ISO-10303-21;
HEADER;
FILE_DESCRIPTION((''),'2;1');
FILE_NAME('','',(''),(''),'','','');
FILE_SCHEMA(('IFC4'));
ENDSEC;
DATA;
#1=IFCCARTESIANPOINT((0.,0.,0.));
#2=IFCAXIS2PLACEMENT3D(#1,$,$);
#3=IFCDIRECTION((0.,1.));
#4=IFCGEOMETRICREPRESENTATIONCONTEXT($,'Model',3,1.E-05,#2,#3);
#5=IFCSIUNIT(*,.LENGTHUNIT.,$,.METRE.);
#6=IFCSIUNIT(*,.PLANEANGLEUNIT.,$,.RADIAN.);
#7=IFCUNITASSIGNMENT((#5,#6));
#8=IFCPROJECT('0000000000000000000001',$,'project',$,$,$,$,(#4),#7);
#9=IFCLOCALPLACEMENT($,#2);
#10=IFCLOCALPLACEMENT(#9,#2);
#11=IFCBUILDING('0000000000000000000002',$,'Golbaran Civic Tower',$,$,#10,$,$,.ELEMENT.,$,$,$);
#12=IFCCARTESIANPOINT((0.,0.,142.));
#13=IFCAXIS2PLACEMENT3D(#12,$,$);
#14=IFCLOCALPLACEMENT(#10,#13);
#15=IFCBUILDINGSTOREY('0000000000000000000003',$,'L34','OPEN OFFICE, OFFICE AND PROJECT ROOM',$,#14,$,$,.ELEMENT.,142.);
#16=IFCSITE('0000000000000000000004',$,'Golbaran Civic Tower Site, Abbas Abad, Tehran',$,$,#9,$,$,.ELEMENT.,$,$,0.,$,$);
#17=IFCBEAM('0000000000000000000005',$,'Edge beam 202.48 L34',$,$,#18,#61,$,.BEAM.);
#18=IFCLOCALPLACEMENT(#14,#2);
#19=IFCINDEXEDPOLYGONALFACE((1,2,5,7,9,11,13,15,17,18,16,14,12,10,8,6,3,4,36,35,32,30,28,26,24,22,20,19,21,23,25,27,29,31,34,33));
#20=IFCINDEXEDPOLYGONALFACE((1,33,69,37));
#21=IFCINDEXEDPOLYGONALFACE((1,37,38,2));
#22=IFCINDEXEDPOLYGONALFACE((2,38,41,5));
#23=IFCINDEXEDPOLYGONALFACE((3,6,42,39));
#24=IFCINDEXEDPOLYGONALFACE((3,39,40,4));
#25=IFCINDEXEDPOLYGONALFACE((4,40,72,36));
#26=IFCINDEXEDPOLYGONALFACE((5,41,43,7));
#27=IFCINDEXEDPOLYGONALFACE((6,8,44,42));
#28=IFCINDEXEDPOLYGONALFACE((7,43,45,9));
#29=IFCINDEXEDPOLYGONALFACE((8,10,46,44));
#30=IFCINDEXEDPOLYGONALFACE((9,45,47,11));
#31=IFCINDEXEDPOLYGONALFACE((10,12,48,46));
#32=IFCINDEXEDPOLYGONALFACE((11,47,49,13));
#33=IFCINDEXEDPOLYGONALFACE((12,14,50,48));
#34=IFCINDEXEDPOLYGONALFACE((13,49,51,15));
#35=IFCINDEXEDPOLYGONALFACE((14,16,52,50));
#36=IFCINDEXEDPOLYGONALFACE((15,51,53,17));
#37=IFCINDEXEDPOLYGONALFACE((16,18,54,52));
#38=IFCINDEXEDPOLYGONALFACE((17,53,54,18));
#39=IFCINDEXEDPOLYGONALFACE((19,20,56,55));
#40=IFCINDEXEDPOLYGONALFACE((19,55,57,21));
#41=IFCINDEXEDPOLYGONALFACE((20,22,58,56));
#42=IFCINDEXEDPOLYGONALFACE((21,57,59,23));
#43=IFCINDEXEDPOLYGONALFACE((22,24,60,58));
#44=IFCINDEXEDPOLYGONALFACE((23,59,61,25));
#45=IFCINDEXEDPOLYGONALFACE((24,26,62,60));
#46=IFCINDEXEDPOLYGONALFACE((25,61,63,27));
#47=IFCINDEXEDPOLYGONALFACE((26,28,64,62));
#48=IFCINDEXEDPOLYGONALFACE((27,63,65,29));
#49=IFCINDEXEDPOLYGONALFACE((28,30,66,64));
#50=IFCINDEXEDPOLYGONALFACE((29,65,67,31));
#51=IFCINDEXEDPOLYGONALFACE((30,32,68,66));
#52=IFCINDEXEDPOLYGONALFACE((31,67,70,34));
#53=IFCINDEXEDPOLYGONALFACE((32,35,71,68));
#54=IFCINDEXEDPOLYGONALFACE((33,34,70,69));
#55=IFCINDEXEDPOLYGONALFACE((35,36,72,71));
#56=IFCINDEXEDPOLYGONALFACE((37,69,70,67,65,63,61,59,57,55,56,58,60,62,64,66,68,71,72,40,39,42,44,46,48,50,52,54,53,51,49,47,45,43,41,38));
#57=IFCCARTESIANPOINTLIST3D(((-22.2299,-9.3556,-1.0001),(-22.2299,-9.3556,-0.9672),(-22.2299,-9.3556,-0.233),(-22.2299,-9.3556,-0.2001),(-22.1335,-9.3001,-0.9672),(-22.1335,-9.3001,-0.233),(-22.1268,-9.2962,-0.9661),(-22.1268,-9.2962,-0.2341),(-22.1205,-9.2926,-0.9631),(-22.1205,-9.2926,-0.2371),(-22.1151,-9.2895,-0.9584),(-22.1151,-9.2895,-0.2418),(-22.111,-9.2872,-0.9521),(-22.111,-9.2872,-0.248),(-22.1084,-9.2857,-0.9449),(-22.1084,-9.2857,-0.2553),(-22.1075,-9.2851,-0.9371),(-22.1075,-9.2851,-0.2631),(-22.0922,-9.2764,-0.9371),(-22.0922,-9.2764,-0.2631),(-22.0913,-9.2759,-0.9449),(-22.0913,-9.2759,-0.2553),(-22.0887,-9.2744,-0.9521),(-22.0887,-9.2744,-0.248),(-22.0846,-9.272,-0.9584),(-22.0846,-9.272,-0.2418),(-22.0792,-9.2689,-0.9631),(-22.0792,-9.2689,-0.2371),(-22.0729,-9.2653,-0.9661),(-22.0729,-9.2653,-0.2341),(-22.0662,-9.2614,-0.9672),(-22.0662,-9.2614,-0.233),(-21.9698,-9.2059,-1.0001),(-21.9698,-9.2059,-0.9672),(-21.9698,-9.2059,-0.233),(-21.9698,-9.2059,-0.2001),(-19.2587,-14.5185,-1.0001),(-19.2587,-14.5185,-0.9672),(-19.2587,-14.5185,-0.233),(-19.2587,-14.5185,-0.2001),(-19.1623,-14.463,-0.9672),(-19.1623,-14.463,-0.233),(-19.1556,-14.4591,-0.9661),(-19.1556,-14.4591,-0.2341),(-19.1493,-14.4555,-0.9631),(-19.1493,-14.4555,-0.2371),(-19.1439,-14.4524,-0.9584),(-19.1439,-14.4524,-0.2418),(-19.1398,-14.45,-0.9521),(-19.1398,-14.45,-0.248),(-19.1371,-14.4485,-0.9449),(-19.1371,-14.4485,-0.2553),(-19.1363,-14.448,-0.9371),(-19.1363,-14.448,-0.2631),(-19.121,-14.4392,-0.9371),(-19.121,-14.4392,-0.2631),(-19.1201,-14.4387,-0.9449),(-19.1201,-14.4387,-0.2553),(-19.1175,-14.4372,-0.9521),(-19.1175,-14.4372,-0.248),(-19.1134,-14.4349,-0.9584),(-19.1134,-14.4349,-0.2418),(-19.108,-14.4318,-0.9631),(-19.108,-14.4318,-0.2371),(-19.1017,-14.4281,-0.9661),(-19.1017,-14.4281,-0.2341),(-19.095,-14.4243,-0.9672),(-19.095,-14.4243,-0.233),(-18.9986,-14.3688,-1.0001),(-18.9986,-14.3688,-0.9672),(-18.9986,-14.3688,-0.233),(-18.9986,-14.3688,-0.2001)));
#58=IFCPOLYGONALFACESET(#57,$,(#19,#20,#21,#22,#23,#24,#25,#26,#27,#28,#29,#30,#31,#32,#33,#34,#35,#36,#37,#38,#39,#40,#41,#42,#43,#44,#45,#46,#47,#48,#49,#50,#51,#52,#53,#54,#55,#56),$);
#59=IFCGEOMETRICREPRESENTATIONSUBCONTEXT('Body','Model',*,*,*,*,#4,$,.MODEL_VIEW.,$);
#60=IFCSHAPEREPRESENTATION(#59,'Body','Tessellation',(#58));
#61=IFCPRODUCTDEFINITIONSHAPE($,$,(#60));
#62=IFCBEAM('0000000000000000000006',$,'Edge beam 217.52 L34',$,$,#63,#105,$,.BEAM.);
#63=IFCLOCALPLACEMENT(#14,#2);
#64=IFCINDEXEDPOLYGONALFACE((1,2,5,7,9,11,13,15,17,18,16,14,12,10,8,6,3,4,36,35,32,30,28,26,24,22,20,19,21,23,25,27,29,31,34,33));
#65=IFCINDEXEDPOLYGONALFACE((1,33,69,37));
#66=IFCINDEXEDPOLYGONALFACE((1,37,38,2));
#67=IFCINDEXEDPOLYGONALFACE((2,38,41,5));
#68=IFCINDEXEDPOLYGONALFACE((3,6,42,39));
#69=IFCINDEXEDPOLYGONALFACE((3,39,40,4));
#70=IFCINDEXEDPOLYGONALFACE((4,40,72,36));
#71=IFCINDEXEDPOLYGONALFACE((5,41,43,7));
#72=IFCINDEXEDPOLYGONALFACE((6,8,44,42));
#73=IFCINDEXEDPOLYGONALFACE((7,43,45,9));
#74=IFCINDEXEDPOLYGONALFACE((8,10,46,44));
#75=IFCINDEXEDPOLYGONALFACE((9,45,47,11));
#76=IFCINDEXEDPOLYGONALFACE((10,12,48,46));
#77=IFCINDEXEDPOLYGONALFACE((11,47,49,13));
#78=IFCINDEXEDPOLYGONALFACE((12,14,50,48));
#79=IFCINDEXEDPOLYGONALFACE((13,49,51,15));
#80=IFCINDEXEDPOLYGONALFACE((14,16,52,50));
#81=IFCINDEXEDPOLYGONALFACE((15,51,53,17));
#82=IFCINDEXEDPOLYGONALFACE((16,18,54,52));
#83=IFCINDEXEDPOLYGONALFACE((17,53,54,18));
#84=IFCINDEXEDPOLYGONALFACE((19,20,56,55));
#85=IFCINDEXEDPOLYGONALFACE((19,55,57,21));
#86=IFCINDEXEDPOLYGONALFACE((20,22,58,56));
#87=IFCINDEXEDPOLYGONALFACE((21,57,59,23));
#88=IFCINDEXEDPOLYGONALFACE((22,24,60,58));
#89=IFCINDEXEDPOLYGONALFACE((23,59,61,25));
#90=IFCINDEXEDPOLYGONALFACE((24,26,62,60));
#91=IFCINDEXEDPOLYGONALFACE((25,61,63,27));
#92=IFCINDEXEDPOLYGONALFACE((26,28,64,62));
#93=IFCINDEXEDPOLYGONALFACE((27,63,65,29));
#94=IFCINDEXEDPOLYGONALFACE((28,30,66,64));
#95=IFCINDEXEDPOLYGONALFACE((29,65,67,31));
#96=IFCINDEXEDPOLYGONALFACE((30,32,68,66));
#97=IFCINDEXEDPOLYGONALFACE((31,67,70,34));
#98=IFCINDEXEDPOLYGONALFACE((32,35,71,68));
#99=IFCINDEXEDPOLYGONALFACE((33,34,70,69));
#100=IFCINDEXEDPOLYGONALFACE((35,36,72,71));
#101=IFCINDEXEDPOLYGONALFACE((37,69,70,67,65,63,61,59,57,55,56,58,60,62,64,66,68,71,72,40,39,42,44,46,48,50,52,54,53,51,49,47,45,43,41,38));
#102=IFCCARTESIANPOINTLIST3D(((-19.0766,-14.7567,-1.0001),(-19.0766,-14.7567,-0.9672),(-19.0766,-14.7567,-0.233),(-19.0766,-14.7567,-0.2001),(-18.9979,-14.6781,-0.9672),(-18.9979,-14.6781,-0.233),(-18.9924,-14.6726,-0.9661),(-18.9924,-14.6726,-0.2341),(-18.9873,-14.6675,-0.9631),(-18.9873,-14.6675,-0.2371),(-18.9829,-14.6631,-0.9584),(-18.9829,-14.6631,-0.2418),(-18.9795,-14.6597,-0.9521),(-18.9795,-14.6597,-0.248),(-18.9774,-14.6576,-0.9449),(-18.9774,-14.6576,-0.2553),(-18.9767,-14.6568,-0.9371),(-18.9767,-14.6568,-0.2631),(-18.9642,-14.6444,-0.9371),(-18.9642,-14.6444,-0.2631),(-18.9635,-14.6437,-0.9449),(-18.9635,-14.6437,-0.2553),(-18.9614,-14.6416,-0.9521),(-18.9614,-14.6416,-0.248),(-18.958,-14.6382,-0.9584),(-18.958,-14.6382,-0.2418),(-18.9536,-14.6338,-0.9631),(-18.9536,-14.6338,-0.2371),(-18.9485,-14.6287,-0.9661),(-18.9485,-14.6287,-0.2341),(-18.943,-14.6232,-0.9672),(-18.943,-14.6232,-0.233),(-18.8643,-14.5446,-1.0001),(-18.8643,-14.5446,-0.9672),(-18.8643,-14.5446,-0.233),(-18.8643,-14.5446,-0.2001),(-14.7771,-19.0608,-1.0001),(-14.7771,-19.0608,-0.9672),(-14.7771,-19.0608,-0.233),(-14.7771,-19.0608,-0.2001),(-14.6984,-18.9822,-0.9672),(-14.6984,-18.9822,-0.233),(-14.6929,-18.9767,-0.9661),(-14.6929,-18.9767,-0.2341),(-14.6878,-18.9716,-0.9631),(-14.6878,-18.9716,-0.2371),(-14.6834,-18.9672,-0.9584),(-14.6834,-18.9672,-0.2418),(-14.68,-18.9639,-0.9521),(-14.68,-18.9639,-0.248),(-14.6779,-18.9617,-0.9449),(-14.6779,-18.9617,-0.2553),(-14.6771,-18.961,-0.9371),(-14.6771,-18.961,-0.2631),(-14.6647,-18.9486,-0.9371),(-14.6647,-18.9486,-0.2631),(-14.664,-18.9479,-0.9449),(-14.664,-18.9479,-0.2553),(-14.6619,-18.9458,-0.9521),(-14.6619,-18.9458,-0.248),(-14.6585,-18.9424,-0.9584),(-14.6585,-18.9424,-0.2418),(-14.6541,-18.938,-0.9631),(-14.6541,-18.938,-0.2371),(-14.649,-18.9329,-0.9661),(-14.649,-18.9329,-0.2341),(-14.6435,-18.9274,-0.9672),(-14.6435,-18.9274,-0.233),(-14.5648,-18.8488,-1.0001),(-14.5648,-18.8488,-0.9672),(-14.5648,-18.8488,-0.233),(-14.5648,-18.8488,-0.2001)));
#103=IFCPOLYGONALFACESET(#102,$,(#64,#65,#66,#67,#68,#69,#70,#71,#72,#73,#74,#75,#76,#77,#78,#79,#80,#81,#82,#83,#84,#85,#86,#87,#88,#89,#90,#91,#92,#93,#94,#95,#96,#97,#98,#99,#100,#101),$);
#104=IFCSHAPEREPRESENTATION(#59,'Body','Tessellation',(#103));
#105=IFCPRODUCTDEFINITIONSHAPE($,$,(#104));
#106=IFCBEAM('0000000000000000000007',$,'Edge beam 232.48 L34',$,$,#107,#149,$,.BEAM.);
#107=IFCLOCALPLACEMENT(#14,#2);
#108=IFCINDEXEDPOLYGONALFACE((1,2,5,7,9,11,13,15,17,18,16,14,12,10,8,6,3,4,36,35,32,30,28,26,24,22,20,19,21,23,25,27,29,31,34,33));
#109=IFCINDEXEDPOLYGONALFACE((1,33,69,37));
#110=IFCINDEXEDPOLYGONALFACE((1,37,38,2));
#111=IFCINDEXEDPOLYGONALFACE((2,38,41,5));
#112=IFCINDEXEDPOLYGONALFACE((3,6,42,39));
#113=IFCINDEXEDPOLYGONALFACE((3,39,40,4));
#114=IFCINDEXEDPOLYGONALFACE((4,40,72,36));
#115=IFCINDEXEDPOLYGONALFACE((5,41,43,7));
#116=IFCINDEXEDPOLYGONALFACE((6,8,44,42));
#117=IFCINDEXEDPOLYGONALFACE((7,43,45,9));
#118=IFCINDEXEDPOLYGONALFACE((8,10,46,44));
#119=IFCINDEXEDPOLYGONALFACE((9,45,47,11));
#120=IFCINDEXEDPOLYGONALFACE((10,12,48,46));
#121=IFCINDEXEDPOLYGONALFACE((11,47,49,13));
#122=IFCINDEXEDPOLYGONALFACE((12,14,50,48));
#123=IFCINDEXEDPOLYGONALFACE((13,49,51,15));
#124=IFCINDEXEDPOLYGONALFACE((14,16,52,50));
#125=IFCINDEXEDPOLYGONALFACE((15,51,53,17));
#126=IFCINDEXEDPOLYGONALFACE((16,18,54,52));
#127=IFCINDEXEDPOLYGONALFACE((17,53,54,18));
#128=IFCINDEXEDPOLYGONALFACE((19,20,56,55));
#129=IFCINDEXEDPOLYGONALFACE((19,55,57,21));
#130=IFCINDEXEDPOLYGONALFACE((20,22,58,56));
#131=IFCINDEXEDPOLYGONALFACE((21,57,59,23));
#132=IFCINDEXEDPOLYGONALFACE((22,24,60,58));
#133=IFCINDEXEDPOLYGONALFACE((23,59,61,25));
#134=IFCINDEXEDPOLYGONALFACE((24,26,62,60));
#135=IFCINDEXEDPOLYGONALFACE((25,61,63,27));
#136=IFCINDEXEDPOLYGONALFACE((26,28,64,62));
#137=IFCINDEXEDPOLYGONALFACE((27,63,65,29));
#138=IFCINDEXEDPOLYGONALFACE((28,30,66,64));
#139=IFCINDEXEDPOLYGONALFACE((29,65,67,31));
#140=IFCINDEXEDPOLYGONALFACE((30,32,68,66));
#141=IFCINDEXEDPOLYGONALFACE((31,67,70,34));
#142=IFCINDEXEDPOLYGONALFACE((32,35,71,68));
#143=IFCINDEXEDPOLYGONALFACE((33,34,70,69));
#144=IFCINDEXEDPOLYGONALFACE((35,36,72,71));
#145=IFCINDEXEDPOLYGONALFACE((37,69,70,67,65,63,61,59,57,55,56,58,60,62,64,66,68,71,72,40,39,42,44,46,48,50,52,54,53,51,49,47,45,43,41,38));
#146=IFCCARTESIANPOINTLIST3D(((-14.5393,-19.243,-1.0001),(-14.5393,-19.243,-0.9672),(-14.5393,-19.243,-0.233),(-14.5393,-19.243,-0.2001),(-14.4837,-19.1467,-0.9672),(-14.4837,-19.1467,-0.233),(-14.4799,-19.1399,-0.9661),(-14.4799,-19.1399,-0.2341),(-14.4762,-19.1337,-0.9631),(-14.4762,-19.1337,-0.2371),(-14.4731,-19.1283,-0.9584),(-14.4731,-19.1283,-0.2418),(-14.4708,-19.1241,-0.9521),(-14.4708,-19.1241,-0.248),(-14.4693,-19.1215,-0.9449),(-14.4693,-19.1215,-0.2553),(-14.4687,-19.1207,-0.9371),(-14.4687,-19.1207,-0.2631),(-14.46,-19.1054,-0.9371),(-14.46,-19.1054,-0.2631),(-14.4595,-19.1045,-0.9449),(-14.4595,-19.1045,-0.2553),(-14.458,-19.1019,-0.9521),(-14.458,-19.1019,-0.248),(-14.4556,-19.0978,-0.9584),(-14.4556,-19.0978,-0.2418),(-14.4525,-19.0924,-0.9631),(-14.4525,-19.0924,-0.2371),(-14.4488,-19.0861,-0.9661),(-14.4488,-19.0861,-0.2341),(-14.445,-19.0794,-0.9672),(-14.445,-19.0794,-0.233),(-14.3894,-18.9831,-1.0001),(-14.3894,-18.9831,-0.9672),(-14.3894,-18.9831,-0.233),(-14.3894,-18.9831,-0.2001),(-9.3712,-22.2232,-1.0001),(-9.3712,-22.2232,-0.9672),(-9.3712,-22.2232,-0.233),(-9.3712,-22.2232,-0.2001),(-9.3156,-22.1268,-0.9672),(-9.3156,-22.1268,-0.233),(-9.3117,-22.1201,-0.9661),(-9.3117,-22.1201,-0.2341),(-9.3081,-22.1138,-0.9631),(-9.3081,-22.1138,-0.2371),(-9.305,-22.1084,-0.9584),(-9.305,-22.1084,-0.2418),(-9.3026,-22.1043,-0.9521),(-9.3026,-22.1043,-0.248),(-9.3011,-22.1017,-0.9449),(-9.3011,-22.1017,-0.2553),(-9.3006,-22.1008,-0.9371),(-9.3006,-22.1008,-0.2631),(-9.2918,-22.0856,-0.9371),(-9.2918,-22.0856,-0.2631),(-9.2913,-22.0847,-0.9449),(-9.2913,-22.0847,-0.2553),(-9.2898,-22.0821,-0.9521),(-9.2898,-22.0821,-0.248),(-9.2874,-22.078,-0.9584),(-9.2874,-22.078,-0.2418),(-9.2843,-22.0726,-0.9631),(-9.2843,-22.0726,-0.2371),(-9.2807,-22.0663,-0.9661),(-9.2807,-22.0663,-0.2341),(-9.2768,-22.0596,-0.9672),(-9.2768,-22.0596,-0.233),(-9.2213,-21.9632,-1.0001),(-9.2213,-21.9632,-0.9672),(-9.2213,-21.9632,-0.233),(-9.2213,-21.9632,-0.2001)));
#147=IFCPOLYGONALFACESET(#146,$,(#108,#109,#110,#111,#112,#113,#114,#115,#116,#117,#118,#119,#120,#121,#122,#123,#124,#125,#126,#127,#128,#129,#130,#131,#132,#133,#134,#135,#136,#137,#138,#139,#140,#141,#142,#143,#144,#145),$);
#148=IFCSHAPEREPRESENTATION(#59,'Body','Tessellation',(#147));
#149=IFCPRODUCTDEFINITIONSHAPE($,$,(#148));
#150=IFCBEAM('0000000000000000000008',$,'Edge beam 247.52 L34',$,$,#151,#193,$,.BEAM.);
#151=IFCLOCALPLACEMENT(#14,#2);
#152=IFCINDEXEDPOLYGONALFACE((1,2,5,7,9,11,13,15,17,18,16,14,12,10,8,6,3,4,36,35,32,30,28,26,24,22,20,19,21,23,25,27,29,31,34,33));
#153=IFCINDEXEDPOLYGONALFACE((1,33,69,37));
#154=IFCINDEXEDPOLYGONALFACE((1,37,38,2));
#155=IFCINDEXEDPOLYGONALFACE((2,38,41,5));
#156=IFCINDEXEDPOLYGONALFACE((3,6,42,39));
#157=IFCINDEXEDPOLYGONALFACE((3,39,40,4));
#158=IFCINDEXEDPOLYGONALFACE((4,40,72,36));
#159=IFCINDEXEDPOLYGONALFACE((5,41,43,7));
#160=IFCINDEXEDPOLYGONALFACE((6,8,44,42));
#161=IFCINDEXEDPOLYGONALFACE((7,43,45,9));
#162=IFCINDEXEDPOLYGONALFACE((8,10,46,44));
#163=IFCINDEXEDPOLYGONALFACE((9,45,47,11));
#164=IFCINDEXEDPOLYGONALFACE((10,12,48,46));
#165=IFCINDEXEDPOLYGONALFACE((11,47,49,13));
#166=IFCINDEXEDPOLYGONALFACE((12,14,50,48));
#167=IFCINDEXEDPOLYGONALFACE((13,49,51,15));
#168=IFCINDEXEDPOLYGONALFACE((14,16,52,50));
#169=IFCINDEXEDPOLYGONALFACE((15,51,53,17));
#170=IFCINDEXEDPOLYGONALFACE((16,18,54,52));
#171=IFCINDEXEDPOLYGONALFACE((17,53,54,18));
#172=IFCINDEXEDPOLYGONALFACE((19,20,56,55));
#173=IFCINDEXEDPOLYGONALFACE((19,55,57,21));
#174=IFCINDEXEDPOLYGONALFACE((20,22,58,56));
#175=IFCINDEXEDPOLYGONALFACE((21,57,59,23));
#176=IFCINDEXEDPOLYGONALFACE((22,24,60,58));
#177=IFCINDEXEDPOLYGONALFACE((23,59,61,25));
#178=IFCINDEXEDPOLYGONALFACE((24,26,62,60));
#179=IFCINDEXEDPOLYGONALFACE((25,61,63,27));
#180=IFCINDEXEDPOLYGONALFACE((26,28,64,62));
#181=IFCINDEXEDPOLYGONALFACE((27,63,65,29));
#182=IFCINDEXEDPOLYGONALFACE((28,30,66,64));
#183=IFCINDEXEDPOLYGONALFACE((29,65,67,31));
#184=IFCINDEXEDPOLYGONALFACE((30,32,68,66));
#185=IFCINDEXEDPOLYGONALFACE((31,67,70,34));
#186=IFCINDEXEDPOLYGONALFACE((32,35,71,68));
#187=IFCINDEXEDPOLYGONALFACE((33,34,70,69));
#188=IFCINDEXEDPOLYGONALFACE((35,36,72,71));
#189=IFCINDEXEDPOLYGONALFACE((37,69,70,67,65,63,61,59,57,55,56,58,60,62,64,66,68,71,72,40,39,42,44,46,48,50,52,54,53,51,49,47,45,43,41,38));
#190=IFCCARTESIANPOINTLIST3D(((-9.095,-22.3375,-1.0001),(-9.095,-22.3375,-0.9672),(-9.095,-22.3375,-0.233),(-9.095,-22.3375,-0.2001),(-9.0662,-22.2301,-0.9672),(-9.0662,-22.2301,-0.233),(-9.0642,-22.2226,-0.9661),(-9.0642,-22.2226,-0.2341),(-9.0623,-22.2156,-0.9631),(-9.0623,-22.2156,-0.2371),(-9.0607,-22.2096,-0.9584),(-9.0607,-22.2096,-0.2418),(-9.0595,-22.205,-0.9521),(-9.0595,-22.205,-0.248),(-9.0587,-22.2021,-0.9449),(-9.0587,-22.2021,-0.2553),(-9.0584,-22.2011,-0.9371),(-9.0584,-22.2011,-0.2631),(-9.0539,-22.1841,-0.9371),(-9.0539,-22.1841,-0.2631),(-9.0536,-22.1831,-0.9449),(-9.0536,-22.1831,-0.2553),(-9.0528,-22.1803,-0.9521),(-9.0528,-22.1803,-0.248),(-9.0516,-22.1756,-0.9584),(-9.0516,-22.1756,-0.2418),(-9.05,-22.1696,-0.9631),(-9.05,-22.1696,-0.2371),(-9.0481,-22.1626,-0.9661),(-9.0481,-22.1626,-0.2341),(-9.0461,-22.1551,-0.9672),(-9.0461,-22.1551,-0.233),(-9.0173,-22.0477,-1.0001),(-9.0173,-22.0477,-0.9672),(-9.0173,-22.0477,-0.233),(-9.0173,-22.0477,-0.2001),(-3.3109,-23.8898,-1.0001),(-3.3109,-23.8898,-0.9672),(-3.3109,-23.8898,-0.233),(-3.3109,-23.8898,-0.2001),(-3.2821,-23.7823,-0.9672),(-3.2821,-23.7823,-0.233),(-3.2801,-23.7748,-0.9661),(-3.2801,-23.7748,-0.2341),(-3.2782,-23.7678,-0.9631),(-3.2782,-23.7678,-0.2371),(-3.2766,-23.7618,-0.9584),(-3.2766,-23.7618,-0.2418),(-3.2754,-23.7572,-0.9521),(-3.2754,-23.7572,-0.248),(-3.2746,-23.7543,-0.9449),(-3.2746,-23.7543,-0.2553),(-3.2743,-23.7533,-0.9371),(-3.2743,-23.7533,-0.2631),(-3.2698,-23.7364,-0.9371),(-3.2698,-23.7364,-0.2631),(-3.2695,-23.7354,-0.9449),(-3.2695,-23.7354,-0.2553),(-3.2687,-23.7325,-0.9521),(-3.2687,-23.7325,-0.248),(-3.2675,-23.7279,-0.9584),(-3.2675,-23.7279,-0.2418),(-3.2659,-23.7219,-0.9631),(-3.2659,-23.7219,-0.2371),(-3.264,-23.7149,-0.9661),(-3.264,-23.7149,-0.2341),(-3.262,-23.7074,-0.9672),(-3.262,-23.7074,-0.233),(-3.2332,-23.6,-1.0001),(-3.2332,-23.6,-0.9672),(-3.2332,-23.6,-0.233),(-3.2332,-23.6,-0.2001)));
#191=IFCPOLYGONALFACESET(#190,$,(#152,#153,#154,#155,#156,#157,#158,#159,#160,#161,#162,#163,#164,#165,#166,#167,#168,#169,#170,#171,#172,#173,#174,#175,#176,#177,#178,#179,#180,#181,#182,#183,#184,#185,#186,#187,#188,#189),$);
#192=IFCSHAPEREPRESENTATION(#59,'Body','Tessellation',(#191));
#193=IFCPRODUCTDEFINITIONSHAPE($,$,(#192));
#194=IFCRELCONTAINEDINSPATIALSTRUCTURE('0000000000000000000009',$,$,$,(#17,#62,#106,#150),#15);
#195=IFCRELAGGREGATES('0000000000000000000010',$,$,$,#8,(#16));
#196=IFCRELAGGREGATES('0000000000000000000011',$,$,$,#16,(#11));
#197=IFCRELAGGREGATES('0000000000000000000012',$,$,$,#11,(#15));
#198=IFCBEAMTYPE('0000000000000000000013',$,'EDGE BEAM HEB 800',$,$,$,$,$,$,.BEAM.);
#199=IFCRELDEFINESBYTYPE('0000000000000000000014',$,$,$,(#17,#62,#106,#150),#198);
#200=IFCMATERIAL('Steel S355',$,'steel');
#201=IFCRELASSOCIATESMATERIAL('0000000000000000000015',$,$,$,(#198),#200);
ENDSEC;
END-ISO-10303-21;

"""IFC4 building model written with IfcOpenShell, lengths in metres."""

from ifc_helpers import new_model, si_unit, direction, frame, origin, origin_2d, place, context, subcontext, project, spatial, i_section, extrude, material, material_profile, profile_set, type_object, element, save


model = new_model("IFC4")

# Units and contexts
model_context = context("Model", 3, precision=1e-05, world=origin(), true_north=direction((0.0, 1.0)))
body_context = subcontext(model_context, "Body", "Model", "MODEL_VIEW")
ifc_project = project(units=[si_unit("LENGTHUNIT", "METRE"), si_unit("PLANEANGLEUNIT", "RADIAN")], contexts=[model_context])

# Site, building, storey
site_placement = place(None, origin())
site = spatial("IfcSite", under=ifc_project, at=site_placement, Name="Golbaran Civic Tower Site, Abbas Abad, Tehran", CompositionType="ELEMENT", RefElevation=0.0)
building_placement = place(site_placement, origin())
building = spatial("IfcBuilding", under=site, at=building_placement, Name="Golbaran Civic Tower", CompositionType="ELEMENT")
storey_placement = place(building_placement, frame((0.0, 0.0, 142.0)))
storey = spatial("IfcBuildingStorey", under=building, at=storey_placement, Name="L34", Description="OPEN OFFICE, OFFICE AND PROJECT ROOM", CompositionType="ELEMENT", Elevation=142.0)

# Beams
ifc_material_1 = material(Name="Steel S355", Category="steel")
ifc_material_profile_1 = material_profile(ifc_material_1, i_section(OverallWidth=0.3, OverallDepth=0.8, WebThickness=0.0176, FlangeThickness=0.033, FilletRadius=0.03, at=origin_2d()), Name="HEB 800")
ifc_profile_set_1 = profile_set([ifc_material_profile_1], Name="Steel S355")
beam_type_1 = type_object("IfcBeamType", Name="EDGE BEAM HEB 800", PredefinedType="BEAM", material=ifc_profile_set_1)
beam_1_placement = place(storey_placement, frame((-22.0999, -9.2808, -0.6001), z_axis=(0.498794, -0.866721, 0.0), x_axis=(0.866721, 0.498794, 0.0)))
element("IfcBeam", 1, at=beam_1_placement, inside=storey, type_object=beam_type_1, Name="Edge beam 202.48 L34", PredefinedType="BEAM", context=body_context, shape_type="SweptSolid", body=[
    extrude(i_section(OverallWidth=0.3, OverallDepth=0.8, WebThickness=0.0176, FlangeThickness=0.033, FilletRadius=0.03, at=origin_2d()), origin(), (0.0, 0.0, 1.0), 5.9568),
])
beam_2_placement = place(storey_placement, frame((-18.9705, -14.6506, -0.6001), z_axis=(0.706725, -0.707488, 0.0), x_axis=(0.707488, 0.706725, 0.0)))
element("IfcBeam", 2, at=beam_2_placement, inside=storey, type_object=beam_type_1, Name="Edge beam 217.52 L34", PredefinedType="BEAM", context=body_context, shape_type="SweptSolid", body=[
    extrude(i_section(OverallWidth=0.3, OverallDepth=0.8, WebThickness=0.0176, FlangeThickness=0.033, FilletRadius=0.03, at=origin_2d()), origin(), (0.0, 0.0, 1.0), 6.0837),
])
beam_3_placement = place(storey_placement, frame((-14.4644, -19.113, -0.6001), z_axis=(0.86629, -0.499542, 0.0), x_axis=(0.499542, 0.86629, 0.0)))
element("IfcBeam", 3, at=beam_3_placement, inside=storey, type_object=beam_type_1, Name="Edge beam 232.48 L34", PredefinedType="BEAM", context=body_context, shape_type="SweptSolid", body=[
    extrude(i_section(OverallWidth=0.3, OverallDepth=0.8, WebThickness=0.0176, FlangeThickness=0.033, FilletRadius=0.03, at=origin_2d()), origin(), (0.0, 0.0, 1.0), 5.9658),
])
beam_4_placement = place(storey_placement, frame((-9.0562, -22.1926, -0.6001), z_axis=(0.965826, -0.25919, 0.0), x_axis=(0.25919, 0.965826, 0.0)))
element("IfcBeam", 4, at=beam_4_placement, inside=storey, type_object=beam_type_1, Name="Edge beam 247.52 L34", PredefinedType="BEAM", context=body_context, shape_type="SweptSolid", body=[
    extrude(i_section(OverallWidth=0.3, OverallDepth=0.8, WebThickness=0.0176, FlangeThickness=0.033, FilletRadius=0.03, at=origin_2d()), origin(), (0.0, 0.0, 1.0), 5.9888),
])

save(model, "model.ifc")
